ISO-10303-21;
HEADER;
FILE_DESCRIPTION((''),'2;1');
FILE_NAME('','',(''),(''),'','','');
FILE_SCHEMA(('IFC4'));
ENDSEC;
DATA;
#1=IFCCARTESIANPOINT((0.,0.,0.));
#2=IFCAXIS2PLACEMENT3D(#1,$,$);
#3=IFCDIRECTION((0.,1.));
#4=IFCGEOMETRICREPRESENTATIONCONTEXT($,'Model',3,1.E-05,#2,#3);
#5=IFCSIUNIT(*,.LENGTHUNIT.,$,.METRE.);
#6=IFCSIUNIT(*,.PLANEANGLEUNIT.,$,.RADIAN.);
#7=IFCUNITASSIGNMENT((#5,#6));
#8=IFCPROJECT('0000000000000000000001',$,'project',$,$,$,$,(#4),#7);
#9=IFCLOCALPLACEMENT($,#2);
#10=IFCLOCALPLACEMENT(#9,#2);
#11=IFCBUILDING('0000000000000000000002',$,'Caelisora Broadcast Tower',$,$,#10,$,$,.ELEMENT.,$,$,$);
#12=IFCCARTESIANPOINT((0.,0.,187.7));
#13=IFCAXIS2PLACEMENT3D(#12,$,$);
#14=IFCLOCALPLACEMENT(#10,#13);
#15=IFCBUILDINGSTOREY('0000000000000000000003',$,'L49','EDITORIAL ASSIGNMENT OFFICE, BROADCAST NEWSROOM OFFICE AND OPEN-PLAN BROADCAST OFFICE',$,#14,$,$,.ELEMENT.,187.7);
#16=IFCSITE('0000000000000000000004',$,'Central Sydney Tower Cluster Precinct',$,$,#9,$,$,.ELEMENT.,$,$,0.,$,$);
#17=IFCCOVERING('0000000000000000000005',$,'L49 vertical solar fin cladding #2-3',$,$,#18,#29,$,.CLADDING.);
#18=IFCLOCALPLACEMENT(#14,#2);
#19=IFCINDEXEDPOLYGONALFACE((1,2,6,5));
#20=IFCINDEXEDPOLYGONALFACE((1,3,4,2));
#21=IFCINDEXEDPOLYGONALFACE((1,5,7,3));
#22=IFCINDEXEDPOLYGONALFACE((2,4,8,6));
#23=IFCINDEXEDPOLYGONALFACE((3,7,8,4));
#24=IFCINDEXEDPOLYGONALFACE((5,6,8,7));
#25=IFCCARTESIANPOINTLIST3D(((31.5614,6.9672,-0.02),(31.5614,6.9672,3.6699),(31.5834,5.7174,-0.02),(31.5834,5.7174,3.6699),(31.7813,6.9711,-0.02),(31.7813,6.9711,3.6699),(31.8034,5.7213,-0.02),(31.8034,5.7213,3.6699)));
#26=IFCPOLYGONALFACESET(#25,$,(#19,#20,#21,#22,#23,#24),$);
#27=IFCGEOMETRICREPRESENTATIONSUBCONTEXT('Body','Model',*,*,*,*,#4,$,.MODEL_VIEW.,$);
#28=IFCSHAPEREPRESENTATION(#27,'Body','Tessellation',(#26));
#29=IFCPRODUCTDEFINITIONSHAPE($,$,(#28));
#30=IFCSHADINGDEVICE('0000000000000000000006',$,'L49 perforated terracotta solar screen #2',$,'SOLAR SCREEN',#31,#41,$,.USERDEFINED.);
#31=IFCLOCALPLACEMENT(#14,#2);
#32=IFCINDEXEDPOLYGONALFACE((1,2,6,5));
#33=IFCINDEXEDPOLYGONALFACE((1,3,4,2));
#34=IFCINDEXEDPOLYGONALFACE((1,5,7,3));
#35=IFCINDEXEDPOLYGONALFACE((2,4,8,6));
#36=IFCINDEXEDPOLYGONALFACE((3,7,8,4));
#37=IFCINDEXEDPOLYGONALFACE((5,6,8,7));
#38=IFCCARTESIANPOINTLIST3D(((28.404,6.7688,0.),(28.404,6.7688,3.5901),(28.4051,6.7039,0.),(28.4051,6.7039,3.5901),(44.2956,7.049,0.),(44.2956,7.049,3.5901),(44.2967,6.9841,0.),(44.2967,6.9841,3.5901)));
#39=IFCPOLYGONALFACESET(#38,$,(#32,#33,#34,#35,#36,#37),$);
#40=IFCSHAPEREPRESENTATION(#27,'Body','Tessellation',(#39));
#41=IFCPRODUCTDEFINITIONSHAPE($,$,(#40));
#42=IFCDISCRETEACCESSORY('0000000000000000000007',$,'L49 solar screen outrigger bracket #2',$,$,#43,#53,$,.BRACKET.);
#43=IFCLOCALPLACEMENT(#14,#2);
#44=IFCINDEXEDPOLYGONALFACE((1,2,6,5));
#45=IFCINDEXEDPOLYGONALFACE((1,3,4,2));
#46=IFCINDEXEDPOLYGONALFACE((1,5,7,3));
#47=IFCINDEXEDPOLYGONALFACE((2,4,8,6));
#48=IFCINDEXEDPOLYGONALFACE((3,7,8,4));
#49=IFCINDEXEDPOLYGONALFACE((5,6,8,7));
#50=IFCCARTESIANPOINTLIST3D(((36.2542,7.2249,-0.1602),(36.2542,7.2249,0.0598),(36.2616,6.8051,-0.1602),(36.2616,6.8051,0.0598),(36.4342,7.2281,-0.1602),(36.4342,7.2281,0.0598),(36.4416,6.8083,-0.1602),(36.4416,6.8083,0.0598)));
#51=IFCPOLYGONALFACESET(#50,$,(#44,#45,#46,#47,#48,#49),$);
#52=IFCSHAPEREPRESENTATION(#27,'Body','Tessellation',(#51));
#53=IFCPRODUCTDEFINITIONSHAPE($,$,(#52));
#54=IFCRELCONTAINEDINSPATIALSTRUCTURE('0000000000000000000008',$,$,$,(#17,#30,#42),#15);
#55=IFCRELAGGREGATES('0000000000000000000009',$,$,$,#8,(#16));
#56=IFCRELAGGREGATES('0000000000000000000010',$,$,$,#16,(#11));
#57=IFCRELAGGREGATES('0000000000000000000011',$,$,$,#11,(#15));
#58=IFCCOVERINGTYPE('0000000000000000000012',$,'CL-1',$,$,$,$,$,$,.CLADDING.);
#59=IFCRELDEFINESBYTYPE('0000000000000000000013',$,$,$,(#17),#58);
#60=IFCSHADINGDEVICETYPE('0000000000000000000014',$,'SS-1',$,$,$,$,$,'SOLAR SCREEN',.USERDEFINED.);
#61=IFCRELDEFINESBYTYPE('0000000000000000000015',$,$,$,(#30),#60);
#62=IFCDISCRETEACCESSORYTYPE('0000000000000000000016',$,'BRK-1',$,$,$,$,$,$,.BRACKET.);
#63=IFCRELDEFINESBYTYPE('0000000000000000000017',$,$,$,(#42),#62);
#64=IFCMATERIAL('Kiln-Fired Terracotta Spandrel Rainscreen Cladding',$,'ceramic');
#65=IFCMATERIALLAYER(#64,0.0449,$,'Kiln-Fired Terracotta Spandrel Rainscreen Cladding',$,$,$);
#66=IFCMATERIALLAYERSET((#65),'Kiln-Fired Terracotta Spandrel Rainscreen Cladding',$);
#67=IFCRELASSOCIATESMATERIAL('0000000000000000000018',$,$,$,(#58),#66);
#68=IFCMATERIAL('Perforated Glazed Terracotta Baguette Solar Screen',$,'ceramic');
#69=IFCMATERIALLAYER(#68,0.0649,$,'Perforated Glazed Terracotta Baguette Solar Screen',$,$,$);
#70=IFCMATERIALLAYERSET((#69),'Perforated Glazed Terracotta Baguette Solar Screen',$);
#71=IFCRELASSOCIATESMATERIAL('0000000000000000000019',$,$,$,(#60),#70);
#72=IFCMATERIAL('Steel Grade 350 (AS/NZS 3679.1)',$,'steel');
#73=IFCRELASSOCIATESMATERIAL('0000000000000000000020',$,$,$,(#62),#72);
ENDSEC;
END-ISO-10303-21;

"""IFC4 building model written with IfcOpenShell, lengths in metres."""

from ifc_helpers import new_model, si_unit, direction, frame, origin, origin_2d, place, context, subcontext, project, spatial, rectangle, extrude, source, transform, mapped, material, layer, layer_set, type_object, type_shapes, element, save


model = new_model("IFC4")

# Units and contexts
model_context = context("Model", 3, precision=1e-05, world=origin(), true_north=direction((0.0, 1.0)))
body_context = subcontext(model_context, "Body", "Model", "MODEL_VIEW")
ifc_project = project(units=[si_unit("LENGTHUNIT", "METRE"), si_unit("PLANEANGLEUNIT", "RADIAN")], contexts=[model_context])

# Site, building, storey
site_placement = place(None, origin())
site = spatial("IfcSite", under=ifc_project, at=site_placement, Name="Central Sydney Tower Cluster Precinct", CompositionType="ELEMENT", RefElevation=0.0)
building_placement = place(site_placement, origin())
building = spatial("IfcBuilding", under=site, at=building_placement, Name="Caelisora Broadcast Tower", CompositionType="ELEMENT")
storey_placement = place(building_placement, frame((0.0, 0.0, 187.7)))
storey = spatial("IfcBuildingStorey", under=building, at=storey_placement, Name="L49", Description="EDITORIAL ASSIGNMENT OFFICE, BROADCAST NEWSROOM OFFICE AND OPEN-PLAN BROADCAST OFFICE", CompositionType="ELEMENT", Elevation=187.7)

# Shared definitions
ifc_material_1 = material(Name="Steel Grade 350 (AS/NZS 3679.1)", Category="steel")

# Covering
ifc_material_2 = material(Name="Kiln-Fired Terracotta Spandrel Rainscreen Cladding", Category="ceramic")
ifc_layer_1 = layer(ifc_material_2, 0.0449, Name="Kiln-Fired Terracotta Spandrel Rainscreen Cladding")
ifc_layer_set_1 = layer_set([ifc_layer_1], Name="Kiln-Fired Terracotta Spandrel Rainscreen Cladding")
covering_type = type_object("IfcCoveringType", Name="CL-1", PredefinedType="CLADDING", material=ifc_layer_set_1)
shared_shape_1 = source(origin(), body_context, "Body", "SweptSolid", [
    extrude(rectangle(XDim=0.22, YDim=1.25, at=origin_2d()), origin(), (0.0, 0.0, 1.0), 3.6899),
])
type_shapes(covering_type, [shared_shape_1])
covering_placement = place(storey_placement, frame((31.6824, 6.3442, -0.02), z_axis=(0.0, 0.0, 1.0), x_axis=(-0.999845, -0.017627, 0.0)))
element("IfcCovering", 1, at=covering_placement, inside=storey, type_object=covering_type, Name="L49 vertical solar fin cladding #2-3", PredefinedType="CLADDING", context=body_context, shape_type="MappedRepresentation", body=[
    mapped(shared_shape_1, transform((0.0, 0.0, 0.0), scale=1.0)),
])

# Shading device
ifc_material_3 = material(Name="Perforated Glazed Terracotta Baguette Solar Screen", Category="ceramic")
ifc_layer_2 = layer(ifc_material_3, 0.0649, Name="Perforated Glazed Terracotta Baguette Solar Screen")
ifc_layer_set_2 = layer_set([ifc_layer_2], Name="Perforated Glazed Terracotta Baguette Solar Screen")
shading_device_type = type_object("IfcShadingDeviceType", Name="SS-1", ElementType="SOLAR SCREEN", PredefinedType="USERDEFINED", material=ifc_layer_set_2)
shared_shape_2 = source(origin(), body_context, "Body", "SweptSolid", [
    extrude(rectangle(XDim=15.894, YDim=0.0649, at=origin_2d()), origin(), (0.0, 0.0, 1.0), 3.5901),
])
type_shapes(shading_device_type, [shared_shape_2])
shading_device_placement = place(storey_placement, frame((36.3503, 6.8765, 0.0), z_axis=(0.0, 0.0, 1.0), x_axis=(0.999845, 0.017627, 0.0)))
element("IfcShadingDevice", 2, at=shading_device_placement, inside=storey, type_object=shading_device_type, Name="L49 perforated terracotta solar screen #2", ObjectType="SOLAR SCREEN", PredefinedType="USERDEFINED", context=body_context, shape_type="MappedRepresentation", body=[
    mapped(shared_shape_2, transform((0.0, 0.0, 0.0), scale=1.0)),
])

# Discrete accessory
discrete_accessory_type = type_object("IfcDiscreteAccessoryType", Name="BRK-1", PredefinedType="BRACKET", material=ifc_material_1)
shared_shape_3 = source(origin(), body_context, "Body", "SweptSolid", [
    extrude(rectangle(XDim=0.1799, YDim=0.4199, at=origin_2d()), origin(), (0.0, 0.0, 1.0), 0.22),
])
type_shapes(discrete_accessory_type, [shared_shape_3])
discrete_accessory_placement = place(storey_placement, frame((36.3479, 7.0166, -0.1602), z_axis=(0.0, 0.0, 1.0), x_axis=(0.999845, 0.017627, 0.0)))
element("IfcDiscreteAccessory", 3, at=discrete_accessory_placement, inside=storey, type_object=discrete_accessory_type, Name="L49 solar screen outrigger bracket #2", PredefinedType="BRACKET", context=body_context, shape_type="MappedRepresentation", body=[
    mapped(shared_shape_3, transform((0.0, 0.0, 0.0), scale=1.0)),
])

save(model, "model.ifc")
